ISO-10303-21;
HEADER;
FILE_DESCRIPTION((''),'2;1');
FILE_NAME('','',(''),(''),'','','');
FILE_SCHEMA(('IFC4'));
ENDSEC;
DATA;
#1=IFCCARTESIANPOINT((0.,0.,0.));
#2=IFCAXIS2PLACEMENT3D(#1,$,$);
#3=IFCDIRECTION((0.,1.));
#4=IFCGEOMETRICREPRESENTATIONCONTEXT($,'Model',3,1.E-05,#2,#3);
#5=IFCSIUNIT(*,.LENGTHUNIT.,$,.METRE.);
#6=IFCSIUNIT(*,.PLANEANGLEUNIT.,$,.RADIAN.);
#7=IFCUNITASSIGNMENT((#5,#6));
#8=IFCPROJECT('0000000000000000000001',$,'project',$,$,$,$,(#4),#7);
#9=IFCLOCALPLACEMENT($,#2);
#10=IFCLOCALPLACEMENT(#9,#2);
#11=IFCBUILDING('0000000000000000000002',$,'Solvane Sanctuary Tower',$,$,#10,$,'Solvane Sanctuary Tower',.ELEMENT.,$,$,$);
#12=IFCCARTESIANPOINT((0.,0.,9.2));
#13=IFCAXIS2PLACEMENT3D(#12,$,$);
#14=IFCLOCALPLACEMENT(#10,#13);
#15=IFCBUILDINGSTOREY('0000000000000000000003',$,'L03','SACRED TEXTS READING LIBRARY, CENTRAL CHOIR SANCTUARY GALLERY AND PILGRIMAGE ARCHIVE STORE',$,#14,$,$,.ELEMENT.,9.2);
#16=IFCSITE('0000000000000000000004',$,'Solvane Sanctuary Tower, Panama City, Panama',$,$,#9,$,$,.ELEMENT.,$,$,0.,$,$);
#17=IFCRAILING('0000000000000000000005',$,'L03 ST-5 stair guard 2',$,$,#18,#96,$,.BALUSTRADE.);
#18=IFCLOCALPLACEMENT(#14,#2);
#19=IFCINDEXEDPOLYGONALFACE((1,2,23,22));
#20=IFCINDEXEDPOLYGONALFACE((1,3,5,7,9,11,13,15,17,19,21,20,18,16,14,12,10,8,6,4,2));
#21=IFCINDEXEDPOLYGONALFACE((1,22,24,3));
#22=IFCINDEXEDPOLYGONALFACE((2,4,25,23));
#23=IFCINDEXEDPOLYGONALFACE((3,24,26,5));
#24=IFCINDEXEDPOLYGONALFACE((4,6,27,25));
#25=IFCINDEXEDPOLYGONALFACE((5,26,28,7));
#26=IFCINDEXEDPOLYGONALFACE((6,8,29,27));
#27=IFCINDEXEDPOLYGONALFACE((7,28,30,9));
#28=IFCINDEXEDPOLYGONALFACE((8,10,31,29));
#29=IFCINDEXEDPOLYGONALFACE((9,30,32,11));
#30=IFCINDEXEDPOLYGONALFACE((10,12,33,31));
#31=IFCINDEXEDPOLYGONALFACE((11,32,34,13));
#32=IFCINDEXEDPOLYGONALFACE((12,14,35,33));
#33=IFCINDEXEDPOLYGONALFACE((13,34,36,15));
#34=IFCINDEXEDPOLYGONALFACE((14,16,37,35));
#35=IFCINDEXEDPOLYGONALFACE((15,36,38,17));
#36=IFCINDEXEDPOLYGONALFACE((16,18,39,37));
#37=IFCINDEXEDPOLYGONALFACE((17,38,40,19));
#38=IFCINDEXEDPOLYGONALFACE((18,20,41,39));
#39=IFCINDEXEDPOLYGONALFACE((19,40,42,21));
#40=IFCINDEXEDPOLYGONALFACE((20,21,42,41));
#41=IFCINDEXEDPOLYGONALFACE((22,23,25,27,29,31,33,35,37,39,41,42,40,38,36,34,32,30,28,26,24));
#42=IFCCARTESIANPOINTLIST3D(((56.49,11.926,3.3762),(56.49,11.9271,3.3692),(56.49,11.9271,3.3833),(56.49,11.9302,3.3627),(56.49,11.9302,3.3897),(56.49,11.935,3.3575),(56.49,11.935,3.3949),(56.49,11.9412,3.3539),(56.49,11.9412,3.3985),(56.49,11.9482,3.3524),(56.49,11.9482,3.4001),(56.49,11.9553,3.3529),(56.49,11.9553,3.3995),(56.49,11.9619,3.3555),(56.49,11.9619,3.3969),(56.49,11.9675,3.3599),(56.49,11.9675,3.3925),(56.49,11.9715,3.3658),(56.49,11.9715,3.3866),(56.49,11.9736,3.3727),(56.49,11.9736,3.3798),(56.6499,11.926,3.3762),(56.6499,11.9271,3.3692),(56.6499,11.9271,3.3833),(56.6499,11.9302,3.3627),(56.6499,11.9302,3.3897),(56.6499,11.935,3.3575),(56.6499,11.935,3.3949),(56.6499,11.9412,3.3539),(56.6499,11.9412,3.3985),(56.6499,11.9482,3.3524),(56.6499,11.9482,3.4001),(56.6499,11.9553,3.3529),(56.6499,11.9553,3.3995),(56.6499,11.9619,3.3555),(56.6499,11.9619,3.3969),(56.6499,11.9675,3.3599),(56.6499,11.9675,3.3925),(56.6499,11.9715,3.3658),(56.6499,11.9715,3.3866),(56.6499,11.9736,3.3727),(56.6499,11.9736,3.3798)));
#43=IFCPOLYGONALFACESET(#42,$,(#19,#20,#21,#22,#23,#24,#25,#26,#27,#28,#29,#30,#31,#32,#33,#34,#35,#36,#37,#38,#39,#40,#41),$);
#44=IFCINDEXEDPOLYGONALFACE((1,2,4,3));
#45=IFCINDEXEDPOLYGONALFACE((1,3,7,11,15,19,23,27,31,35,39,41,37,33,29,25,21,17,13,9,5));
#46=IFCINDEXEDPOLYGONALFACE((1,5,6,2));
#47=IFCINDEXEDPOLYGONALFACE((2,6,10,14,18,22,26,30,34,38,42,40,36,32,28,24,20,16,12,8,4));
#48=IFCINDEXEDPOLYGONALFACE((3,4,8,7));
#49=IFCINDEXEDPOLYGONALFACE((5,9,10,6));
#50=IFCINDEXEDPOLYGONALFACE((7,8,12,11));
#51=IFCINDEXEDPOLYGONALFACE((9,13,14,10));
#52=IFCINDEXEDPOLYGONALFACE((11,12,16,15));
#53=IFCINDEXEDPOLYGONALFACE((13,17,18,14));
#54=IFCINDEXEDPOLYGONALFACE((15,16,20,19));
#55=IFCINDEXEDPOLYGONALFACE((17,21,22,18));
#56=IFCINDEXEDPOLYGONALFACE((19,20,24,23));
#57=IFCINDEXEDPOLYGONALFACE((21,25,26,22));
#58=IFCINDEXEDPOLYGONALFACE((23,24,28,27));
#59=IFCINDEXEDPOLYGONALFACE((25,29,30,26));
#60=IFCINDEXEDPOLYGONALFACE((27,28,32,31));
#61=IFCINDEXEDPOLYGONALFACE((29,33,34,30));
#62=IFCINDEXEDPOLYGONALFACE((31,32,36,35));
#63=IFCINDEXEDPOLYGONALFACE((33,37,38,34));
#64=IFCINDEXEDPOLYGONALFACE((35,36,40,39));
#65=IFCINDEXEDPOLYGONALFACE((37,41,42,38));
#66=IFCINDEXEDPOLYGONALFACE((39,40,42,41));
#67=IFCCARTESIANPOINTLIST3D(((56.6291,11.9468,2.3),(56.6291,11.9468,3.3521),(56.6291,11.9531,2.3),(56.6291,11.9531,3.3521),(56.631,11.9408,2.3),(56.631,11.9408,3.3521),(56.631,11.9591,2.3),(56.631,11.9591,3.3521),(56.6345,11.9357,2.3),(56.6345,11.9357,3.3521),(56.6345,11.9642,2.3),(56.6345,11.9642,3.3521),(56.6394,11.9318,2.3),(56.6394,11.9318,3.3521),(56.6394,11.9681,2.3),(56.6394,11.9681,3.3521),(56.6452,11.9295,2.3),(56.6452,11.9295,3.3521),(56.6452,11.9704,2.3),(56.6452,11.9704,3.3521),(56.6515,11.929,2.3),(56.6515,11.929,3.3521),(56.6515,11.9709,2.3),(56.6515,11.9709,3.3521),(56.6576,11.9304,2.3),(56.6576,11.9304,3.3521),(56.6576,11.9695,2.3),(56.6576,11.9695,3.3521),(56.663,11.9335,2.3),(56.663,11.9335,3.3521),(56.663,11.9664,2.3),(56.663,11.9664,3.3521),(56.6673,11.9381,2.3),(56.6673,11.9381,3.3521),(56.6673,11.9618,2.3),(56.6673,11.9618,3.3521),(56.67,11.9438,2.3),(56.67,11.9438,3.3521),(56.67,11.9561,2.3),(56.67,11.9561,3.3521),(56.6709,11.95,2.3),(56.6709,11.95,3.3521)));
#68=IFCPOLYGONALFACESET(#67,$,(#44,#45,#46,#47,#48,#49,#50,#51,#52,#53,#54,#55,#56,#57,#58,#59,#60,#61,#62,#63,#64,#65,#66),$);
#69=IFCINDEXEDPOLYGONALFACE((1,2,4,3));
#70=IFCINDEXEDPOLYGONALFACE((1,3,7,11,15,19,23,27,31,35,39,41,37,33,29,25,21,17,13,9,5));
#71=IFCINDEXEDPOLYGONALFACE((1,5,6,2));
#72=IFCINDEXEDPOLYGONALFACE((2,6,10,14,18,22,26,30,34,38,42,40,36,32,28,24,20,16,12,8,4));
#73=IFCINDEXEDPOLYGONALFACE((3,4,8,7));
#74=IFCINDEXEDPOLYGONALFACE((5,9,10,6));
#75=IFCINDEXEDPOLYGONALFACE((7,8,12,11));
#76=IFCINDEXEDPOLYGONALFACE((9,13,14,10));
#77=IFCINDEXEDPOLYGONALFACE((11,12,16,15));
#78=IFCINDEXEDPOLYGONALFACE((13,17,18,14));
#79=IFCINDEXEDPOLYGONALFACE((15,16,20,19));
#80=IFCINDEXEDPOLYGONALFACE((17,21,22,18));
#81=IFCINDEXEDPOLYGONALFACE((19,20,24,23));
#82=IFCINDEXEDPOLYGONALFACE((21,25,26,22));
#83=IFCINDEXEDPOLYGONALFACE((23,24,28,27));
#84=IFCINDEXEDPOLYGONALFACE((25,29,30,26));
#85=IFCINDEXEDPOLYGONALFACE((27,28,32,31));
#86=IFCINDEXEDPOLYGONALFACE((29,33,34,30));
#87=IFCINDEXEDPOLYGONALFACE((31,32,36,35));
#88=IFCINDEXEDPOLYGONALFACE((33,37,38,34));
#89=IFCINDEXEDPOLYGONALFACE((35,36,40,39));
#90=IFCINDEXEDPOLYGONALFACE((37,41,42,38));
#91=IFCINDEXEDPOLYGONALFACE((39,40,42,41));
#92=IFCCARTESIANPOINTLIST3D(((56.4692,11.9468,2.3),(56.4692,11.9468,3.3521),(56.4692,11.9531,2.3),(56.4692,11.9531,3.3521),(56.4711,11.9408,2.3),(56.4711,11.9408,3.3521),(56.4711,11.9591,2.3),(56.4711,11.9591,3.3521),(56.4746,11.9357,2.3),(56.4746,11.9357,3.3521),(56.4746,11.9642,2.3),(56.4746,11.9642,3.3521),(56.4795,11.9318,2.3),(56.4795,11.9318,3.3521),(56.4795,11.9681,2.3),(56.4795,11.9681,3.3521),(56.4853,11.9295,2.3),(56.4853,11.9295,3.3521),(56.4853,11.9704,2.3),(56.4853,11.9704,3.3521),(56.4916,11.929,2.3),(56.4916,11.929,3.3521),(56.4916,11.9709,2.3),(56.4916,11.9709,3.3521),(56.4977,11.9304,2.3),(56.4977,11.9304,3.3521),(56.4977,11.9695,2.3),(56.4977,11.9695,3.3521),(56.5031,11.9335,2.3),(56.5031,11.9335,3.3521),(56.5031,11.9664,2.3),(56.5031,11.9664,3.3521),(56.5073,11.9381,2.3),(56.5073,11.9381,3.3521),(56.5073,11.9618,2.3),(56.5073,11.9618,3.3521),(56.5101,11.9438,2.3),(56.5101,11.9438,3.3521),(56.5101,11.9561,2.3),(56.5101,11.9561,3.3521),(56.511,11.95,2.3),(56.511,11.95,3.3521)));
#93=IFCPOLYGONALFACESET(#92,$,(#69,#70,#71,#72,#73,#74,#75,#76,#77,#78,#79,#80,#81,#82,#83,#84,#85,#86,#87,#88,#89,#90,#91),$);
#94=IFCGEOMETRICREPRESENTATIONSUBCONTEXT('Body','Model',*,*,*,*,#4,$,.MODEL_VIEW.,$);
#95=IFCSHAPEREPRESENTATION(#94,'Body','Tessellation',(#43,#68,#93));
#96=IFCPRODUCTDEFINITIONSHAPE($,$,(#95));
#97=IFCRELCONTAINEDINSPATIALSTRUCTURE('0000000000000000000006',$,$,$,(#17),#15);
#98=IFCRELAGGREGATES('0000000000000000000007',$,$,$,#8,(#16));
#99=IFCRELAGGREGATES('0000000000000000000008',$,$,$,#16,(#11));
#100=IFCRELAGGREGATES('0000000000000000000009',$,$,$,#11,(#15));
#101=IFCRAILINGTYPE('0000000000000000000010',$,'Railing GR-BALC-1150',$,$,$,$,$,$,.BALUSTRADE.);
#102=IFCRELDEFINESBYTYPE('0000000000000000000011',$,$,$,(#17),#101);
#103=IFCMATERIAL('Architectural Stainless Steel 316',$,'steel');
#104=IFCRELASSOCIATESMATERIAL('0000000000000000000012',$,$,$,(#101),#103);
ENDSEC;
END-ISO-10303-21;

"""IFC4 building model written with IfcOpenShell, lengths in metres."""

from ifc_helpers import new_model, si_unit, direction, frame, origin, origin_2d, place, context, subcontext, project, spatial, circle, extrude, material, type_object, element, save


model = new_model("IFC4")

# Units and contexts
model_context = context("Model", 3, precision=1e-05, world=origin(), true_north=direction((0.0, 1.0)))
body_context = subcontext(model_context, "Body", "Model", "MODEL_VIEW")
ifc_project = project(units=[si_unit("LENGTHUNIT", "METRE"), si_unit("PLANEANGLEUNIT", "RADIAN")], contexts=[model_context])

# Site, building, storey
site_placement = place(None, origin())
site = spatial("IfcSite", under=ifc_project, at=site_placement, Name="Solvane Sanctuary Tower, Panama City, Panama", CompositionType="ELEMENT", RefElevation=0.0)
building_placement = place(site_placement, origin())
building = spatial("IfcBuilding", under=site, at=building_placement, Name="Solvane Sanctuary Tower", LongName="Solvane Sanctuary Tower", CompositionType="ELEMENT")
storey_placement = place(building_placement, frame((0.0, 0.0, 9.2)))
storey = spatial("IfcBuildingStorey", under=building, at=storey_placement, Name="L03", Description="SACRED TEXTS READING LIBRARY, CENTRAL CHOIR SANCTUARY GALLERY AND PILGRIMAGE ARCHIVE STORE", CompositionType="ELEMENT", Elevation=9.2)

# Shared definitions
ifc_material_1 = material(Name="Architectural Stainless Steel 316", Category="steel")

# Railing
railing_type_1 = type_object("IfcRailingType", Name="Railing GR-BALC-1150", PredefinedType="BALUSTRADE", material=ifc_material_1)
railing_1_placement = place(storey_placement, frame((56.6499, 11.95, 2.3)))
element("IfcRailing", 1, at=railing_1_placement, inside=storey, type_object=railing_type_1, Name="L03 ST-5 stair guard 2", PredefinedType="BALUSTRADE", context=body_context, shape_type="SweptSolid", body=[
    extrude(circle(Radius=0.0239, at=origin_2d()), frame((0.0, 0.0, 1.0762), z_axis=(-1.0, 0.0, 0.0), x_axis=(0.0, -1.0, 0.0)), (0.0, 0.0, 1.0), 0.1599),
    extrude(circle(Radius=0.021, at=origin_2d()), origin(), (0.0, 0.0, 1.0), 1.052),
    extrude(circle(Radius=0.021, at=origin_2d()), frame((-0.1599, 0.0, 0.0)), (0.0, 0.0, 1.0), 1.052),
])

save(model, "model.ifc")
